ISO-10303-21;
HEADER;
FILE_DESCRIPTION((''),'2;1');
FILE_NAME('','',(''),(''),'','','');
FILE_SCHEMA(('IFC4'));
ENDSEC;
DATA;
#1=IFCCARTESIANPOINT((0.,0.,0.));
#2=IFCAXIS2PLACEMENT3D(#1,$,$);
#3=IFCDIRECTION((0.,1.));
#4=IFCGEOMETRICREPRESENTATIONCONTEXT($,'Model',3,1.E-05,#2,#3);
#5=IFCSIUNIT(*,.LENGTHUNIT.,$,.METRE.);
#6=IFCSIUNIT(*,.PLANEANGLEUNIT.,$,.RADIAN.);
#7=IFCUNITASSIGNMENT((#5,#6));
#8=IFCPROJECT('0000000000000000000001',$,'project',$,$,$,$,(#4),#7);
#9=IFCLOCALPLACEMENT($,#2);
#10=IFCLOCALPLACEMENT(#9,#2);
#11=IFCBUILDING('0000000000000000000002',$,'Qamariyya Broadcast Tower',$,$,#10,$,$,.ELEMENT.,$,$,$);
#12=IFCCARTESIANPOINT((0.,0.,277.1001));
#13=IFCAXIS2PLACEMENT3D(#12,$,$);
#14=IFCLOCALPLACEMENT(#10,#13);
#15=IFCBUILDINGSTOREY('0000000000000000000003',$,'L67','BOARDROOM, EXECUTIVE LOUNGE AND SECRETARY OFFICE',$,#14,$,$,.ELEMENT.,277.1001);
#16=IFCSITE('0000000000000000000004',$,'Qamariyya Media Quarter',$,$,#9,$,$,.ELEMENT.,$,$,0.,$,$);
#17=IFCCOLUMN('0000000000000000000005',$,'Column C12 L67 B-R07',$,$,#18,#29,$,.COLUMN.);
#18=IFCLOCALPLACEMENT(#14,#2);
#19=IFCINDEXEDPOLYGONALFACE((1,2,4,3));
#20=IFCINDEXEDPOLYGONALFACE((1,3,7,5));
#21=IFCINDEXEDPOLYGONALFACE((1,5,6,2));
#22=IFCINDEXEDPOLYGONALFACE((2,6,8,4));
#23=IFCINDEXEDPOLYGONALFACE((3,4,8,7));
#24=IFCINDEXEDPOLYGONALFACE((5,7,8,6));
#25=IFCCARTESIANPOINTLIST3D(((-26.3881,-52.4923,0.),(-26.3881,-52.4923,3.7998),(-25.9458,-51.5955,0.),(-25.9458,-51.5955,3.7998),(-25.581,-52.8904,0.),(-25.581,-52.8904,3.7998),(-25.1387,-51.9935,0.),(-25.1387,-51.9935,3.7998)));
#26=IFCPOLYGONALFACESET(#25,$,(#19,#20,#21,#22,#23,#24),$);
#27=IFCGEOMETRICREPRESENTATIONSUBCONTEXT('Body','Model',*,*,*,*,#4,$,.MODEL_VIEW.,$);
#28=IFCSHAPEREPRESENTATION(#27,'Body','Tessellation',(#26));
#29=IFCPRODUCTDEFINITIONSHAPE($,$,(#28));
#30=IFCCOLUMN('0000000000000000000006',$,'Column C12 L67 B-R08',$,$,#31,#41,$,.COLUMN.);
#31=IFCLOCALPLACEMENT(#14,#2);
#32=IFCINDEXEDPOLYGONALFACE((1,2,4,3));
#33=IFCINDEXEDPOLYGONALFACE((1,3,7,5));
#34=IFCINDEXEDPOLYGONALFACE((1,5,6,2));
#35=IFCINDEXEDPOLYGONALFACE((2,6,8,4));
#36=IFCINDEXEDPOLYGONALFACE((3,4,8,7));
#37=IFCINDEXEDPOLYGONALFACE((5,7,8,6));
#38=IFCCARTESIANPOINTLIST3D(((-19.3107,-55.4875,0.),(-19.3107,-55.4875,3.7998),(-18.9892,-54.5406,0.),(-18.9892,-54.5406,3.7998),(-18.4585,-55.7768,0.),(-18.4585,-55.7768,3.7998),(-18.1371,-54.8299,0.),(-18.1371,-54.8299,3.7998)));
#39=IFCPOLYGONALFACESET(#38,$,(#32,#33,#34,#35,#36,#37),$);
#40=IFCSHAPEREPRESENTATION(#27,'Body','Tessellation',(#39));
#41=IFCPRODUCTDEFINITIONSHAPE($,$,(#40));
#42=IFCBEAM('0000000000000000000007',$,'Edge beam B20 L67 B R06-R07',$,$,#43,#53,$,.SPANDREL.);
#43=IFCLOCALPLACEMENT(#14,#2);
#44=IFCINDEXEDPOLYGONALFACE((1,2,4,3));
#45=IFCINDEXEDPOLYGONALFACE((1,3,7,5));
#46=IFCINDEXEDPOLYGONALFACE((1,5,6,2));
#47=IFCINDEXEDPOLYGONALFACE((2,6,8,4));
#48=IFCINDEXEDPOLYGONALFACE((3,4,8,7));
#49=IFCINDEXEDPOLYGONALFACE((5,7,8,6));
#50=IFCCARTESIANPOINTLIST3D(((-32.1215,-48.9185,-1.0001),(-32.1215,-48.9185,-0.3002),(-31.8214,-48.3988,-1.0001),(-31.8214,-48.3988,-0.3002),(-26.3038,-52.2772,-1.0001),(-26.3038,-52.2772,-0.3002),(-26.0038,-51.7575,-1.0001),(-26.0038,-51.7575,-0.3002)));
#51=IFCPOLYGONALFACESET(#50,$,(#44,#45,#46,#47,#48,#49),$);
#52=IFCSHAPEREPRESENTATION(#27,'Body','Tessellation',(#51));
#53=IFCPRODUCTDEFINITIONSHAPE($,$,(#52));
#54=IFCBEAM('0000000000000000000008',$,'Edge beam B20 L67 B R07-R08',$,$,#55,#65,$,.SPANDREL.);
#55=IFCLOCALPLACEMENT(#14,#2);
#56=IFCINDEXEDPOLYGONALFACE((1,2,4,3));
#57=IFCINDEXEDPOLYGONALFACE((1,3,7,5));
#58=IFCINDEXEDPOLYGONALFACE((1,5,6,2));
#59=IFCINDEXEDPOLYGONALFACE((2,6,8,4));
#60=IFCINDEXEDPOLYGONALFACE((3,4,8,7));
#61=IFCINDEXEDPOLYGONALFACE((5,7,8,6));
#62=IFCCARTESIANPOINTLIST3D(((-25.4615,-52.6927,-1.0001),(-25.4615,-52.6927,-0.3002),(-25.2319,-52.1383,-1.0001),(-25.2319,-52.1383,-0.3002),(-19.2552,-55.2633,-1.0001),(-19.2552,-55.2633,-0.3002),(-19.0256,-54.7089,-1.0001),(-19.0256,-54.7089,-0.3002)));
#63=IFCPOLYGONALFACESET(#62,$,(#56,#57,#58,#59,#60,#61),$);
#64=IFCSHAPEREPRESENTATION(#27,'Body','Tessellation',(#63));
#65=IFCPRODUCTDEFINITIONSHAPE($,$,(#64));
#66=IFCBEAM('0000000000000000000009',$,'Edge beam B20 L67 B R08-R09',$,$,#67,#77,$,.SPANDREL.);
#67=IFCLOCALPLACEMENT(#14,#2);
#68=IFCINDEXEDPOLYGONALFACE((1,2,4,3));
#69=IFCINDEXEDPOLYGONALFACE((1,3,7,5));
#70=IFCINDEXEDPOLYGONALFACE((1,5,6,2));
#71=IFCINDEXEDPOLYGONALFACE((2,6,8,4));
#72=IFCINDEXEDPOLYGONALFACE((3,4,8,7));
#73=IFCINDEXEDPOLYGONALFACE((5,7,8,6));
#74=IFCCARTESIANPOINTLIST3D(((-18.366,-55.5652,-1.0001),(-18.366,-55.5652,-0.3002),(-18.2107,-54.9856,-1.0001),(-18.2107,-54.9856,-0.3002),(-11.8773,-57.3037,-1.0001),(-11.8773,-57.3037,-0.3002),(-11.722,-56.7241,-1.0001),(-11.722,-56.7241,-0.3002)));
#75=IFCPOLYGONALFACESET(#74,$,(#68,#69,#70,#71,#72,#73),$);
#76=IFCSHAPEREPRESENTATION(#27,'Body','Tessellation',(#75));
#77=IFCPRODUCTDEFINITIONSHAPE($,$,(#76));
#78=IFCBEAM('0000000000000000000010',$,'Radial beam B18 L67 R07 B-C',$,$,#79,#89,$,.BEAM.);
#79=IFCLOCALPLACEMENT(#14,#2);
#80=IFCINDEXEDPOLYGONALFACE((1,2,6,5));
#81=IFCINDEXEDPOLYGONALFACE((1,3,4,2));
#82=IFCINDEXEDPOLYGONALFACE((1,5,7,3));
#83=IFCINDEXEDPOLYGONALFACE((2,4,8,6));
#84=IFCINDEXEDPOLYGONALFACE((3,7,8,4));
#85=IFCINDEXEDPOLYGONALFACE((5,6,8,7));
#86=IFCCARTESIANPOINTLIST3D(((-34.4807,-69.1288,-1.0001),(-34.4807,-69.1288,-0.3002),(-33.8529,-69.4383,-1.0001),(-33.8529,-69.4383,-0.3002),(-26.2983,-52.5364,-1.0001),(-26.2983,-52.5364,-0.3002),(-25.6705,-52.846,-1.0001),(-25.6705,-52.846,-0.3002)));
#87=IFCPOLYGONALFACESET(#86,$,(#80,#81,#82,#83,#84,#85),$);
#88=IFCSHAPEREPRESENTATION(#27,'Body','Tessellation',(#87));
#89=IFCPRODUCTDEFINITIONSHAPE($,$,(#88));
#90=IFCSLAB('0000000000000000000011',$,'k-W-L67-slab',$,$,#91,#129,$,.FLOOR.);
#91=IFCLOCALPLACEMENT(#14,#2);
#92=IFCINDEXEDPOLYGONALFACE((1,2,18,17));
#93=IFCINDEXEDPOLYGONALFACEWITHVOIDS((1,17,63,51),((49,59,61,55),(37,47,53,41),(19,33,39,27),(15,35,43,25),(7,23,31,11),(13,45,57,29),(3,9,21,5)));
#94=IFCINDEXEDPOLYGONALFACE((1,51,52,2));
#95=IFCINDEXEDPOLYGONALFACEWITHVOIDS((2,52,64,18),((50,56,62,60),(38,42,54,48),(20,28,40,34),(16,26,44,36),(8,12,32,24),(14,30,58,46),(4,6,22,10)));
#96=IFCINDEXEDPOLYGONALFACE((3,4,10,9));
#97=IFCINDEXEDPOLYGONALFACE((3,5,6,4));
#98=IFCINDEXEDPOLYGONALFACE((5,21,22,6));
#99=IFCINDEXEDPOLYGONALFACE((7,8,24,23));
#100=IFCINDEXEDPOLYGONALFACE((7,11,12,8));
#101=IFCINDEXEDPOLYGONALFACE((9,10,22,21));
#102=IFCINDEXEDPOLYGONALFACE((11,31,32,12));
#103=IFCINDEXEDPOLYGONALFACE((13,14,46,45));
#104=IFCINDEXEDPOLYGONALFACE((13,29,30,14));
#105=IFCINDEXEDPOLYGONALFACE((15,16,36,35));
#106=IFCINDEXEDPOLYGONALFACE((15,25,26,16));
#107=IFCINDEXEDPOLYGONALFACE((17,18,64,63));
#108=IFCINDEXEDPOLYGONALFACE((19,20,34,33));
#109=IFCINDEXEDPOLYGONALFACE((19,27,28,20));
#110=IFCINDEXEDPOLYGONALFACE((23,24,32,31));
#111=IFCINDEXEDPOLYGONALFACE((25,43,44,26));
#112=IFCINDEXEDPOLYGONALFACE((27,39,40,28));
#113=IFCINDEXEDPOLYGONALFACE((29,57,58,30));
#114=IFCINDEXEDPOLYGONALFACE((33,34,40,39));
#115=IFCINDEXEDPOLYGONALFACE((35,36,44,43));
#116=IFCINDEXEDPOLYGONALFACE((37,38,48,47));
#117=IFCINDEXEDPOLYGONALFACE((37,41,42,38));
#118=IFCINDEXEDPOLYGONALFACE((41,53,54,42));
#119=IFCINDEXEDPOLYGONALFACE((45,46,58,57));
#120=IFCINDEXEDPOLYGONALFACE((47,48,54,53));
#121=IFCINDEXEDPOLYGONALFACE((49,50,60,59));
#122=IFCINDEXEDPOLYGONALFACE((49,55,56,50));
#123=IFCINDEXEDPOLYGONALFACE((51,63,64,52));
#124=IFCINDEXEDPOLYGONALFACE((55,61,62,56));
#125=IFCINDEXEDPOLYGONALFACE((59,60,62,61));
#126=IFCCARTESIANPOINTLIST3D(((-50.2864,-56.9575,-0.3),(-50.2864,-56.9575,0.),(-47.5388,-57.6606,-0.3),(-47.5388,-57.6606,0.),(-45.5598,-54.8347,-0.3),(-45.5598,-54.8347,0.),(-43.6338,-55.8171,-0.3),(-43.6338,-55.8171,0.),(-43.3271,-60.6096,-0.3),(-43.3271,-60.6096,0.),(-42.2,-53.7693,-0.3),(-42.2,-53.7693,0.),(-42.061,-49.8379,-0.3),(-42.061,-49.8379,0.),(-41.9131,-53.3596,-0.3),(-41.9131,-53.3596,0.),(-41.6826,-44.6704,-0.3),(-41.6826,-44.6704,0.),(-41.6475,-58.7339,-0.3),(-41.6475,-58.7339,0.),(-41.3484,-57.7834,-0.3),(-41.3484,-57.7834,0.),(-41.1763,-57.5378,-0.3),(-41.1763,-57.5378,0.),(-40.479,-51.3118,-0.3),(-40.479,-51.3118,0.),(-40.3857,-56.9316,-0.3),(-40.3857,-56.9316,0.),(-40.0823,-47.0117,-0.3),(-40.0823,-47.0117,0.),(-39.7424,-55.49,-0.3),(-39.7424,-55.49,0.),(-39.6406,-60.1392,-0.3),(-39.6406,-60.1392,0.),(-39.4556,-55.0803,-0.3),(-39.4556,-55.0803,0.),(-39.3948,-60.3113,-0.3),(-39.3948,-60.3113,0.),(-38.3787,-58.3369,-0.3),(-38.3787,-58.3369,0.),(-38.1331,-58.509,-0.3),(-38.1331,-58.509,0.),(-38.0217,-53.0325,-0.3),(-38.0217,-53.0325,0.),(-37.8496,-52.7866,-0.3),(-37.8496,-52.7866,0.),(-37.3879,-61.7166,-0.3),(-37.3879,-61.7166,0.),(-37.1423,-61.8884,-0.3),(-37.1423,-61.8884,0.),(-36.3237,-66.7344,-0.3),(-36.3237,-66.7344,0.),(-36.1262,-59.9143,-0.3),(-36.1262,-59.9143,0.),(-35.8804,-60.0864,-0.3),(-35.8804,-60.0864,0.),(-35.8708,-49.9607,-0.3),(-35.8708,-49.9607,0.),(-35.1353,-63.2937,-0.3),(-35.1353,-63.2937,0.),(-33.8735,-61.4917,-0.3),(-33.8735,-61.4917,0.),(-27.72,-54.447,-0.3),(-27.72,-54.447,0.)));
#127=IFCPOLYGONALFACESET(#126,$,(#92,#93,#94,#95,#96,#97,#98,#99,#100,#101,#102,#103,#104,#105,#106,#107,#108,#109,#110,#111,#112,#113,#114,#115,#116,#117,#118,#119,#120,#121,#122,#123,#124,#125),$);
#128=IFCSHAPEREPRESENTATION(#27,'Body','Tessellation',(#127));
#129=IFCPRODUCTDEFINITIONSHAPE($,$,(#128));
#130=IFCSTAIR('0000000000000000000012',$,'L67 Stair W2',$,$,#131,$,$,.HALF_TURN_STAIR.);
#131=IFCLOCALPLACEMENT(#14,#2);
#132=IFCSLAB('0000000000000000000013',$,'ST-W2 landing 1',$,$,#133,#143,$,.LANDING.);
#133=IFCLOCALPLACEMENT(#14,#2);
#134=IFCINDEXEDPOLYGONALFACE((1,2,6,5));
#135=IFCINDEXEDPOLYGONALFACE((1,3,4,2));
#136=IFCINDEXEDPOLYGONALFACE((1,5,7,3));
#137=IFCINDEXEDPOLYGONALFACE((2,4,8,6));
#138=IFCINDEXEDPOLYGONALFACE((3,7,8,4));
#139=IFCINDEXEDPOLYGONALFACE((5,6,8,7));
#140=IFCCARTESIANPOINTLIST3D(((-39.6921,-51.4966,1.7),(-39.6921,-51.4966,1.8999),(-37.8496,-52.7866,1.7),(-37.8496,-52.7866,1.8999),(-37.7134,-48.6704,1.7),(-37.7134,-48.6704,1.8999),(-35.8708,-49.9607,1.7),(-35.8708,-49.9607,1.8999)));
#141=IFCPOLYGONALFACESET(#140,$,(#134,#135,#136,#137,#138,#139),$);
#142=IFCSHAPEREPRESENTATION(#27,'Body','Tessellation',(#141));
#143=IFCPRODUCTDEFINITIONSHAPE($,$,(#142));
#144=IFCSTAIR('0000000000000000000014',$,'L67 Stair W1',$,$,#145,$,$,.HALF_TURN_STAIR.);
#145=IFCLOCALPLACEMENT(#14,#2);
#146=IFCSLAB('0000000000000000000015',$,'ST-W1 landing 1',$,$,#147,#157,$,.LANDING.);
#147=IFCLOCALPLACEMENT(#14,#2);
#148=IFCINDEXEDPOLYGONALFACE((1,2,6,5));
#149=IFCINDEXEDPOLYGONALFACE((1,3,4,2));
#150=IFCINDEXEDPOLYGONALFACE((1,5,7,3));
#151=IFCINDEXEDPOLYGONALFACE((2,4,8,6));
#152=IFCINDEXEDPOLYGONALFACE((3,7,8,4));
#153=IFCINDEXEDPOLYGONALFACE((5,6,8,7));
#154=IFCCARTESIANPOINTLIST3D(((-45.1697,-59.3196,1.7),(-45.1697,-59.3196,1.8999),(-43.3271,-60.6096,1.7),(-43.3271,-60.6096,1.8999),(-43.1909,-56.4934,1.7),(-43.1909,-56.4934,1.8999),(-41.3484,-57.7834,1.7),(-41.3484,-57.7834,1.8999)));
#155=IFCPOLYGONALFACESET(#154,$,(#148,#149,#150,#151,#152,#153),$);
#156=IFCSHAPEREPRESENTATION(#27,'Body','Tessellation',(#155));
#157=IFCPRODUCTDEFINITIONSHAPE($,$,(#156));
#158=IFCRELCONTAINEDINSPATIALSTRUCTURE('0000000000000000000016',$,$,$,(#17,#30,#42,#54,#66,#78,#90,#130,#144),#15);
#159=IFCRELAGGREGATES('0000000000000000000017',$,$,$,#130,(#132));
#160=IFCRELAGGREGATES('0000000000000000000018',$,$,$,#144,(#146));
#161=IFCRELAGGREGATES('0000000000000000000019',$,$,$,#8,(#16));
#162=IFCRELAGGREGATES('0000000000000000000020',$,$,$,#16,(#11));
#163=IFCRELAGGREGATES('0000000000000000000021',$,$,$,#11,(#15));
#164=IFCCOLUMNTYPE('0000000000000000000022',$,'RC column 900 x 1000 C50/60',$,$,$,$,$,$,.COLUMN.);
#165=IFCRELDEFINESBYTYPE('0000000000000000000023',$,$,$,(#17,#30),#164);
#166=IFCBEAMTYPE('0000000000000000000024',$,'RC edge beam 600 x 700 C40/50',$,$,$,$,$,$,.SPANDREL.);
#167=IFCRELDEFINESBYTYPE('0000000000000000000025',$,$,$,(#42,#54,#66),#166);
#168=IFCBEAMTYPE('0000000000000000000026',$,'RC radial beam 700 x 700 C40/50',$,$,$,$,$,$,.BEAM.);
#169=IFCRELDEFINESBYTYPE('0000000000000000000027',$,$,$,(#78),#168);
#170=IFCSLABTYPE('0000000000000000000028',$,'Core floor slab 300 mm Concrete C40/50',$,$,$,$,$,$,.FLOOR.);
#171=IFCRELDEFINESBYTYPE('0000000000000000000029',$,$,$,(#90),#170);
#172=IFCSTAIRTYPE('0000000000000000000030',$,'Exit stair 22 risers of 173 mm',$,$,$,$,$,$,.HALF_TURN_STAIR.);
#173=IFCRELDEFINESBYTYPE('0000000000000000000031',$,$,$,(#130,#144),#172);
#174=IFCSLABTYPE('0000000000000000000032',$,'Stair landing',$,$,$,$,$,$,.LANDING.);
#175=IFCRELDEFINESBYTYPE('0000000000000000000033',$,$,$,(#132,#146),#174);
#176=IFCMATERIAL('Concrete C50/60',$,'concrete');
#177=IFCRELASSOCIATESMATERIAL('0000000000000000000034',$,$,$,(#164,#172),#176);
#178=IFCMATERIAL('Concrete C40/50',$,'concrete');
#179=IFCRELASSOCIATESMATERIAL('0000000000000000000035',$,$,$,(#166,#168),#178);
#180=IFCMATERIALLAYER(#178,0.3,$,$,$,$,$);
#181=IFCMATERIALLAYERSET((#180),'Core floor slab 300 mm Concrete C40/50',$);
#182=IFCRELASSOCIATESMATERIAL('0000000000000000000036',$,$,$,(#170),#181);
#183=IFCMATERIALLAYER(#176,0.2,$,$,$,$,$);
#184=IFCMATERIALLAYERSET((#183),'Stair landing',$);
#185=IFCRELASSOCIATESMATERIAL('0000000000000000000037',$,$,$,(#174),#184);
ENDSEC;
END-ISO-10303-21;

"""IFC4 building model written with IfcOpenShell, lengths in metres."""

from ifc_helpers import new_model, si_unit, direction, frame, origin, origin_2d, place, context, subcontext, project, spatial, polyline, rectangle, outline, extrude, material, layer, layer_set, material_profile, profile_set, type_object, element, aggregate, save


model = new_model("IFC4")

# Units and contexts
model_context = context("Model", 3, precision=1e-05, world=origin(), true_north=direction((0.0, 1.0)))
body_context = subcontext(model_context, "Body", "Model", "MODEL_VIEW")
ifc_project = project(units=[si_unit("LENGTHUNIT", "METRE"), si_unit("PLANEANGLEUNIT", "RADIAN")], contexts=[model_context])

# Site, building, storey
site_placement = place(None, origin())
site = spatial("IfcSite", under=ifc_project, at=site_placement, Name="Qamariyya Media Quarter", CompositionType="ELEMENT", RefElevation=0.0)
building_placement = place(site_placement, origin())
building = spatial("IfcBuilding", under=site, at=building_placement, Name="Qamariyya Broadcast Tower", CompositionType="ELEMENT")
storey_placement = place(building_placement, frame((0.0, 0.0, 277.1001)))
storey = spatial("IfcBuildingStorey", under=building, at=storey_placement, Name="L67", Description="BOARDROOM, EXECUTIVE LOUNGE AND SECRETARY OFFICE", CompositionType="ELEMENT", Elevation=277.1001)

# Columns
ifc_material_1 = material(Name="Concrete C50/60", Category="concrete")
ifc_material_profile_1 = material_profile(ifc_material_1, rectangle(XDim=0.8999, YDim=1.0, at=origin_2d()))
ifc_profile_set_1 = profile_set([ifc_material_profile_1], Name="Concrete C50/60")
column_type = type_object("IfcColumnType", Name="RC column 900 x 1000 C50/60", PredefinedType="COLUMN", material=ifc_profile_set_1)
for number, where, z_axis, x_axis, name in (
    (1, (-25.7634, -52.2429, 0.0), (0.0, 0.0, 1.0), (0.896873, -0.442289, 0.0), "Column C12 L67 B-R07"),
    (2, (-18.7239, -55.1587, 0.0), (0.0, 0.0, 1.0), (0.94693, -0.321439, 0.0), "Column C12 L67 B-R08"),
):
    element("IfcColumn", number, at=place(storey_placement, frame(where, z_axis=z_axis, x_axis=x_axis)), inside=storey, type_object=column_type, Name=name, PredefinedType="COLUMN", context=body_context, shape_type="SweptSolid", body=[
        extrude(rectangle(XDim=0.8999, YDim=1.0, at=origin_2d()), origin(), (0.0, 0.0, 1.0), 3.7998),
    ])

# Beams
ifc_material_2 = material(Name="Concrete C40/50", Category="concrete")
ifc_material_profile_2 = material_profile(ifc_material_2, rectangle(XDim=0.6001, YDim=0.7, at=origin_2d()))
ifc_profile_set_2 = profile_set([ifc_material_profile_2], Name="Concrete C40/50")
beam_type_1 = type_object("IfcBeamType", Name="RC edge beam 600 x 700 C40/50", PredefinedType="SPANDREL", material=ifc_profile_set_2)
for number, where, z_axis, x_axis, name in (
    (3, (-31.9714, -48.6587, -0.6501), (0.866036, -0.499981, 0.0), (0.499981, 0.866036, 0.0), "Edge beam B20 L67 B R06-R07"),
    (4, (-25.3467, -52.4155, -0.6501), (0.923889, -0.382661, 0.0), (0.382661, 0.923889, 0.0), "Edge beam B20 L67 B R07-R08"),
    (5, (-18.2883, -55.2754, -0.6501), (0.965931, -0.2588, 0.0), (0.2588, 0.965931, 0.0), "Edge beam B20 L67 B R08-R09"),
):
    element("IfcBeam", number, at=place(storey_placement, frame(where, z_axis=z_axis, x_axis=x_axis)), inside=storey, type_object=beam_type_1, Name=name, PredefinedType="SPANDREL", context=body_context, shape_type="SweptSolid", body=[
        extrude(rectangle(XDim=0.6001, YDim=0.7, at=origin_2d()), origin(), (0.0, 0.0, 1.0), 6.7175),
    ])
ifc_material_profile_3 = material_profile(ifc_material_2, rectangle(XDim=0.7, YDim=0.7, at=origin_2d()))
ifc_profile_set_3 = profile_set([ifc_material_profile_3], Name="Concrete C40/50")
beam_type_2 = type_object("IfcBeamType", Name="RC radial beam 700 x 700 C40/50", PredefinedType="BEAM", material=ifc_profile_set_3)
beam_placement = place(storey_placement, frame((-25.9844, -52.6912, -0.6501), z_axis=(-0.442287, -0.896874, 0.0), x_axis=(0.896874, -0.442287, 0.0)))
element("IfcBeam", 6, at=beam_placement, inside=storey, type_object=beam_type_2, Name="Radial beam B18 L67 R07 B-C", PredefinedType="BEAM", context=body_context, shape_type="SweptSolid", body=[
    extrude(rectangle(XDim=0.7, YDim=0.7, at=origin_2d()), origin(), (0.0, 0.0, 1.0), 18.5002),
])

# Slab
ifc_layer_1 = layer(ifc_material_2, 0.3)
ifc_layer_set_1 = layer_set([ifc_layer_1], Name="Core floor slab 300 mm Concrete C40/50")
slab_type_1 = type_object("IfcSlabType", Name="Core floor slab 300 mm Concrete C40/50", PredefinedType="FLOOR", material=ifc_layer_set_1)
slab_1_placement = place(storey_placement, frame((0.0, 0.0, -0.3)))
element("IfcSlab", 7, at=slab_1_placement, inside=storey, type_object=slab_type_1, Name="k-W-L67-slab", PredefinedType="FLOOR", context=body_context, shape_type="SweptSolid", body=[
    extrude(outline(polyline([(-50.2864, -56.9575), (-36.3237, -66.7344), (-27.72, -54.447), (-41.6826, -44.6704), (-50.2864, -56.9575)]), holes=[polyline([(-33.8735, -61.4917), (-35.8804, -60.0864), (-37.1423, -61.8884), (-35.1353, -63.2937), (-33.8735, -61.4917)]), polyline([(-36.1262, -59.9143), (-38.1331, -58.509), (-39.3948, -60.3113), (-37.3879, -61.7166), (-36.1262, -59.9143)]), polyline([(-38.3787, -58.3369), (-40.3857, -56.9316), (-41.6475, -58.7339), (-39.6406, -60.1392), (-38.3787, -58.3369)]), polyline([(-39.7424, -55.49), (-42.2, -53.7693), (-43.6338, -55.8171), (-41.1763, -57.5378), (-39.7424, -55.49)]), polyline([(-39.4556, -55.0803), (-41.9131, -53.3596), (-40.479, -51.3118), (-38.0217, -53.0325), (-39.4556, -55.0803)]), polyline([(-42.061, -49.8379), (-37.8496, -52.7866), (-35.8708, -49.9607), (-40.0823, -47.0117), (-42.061, -49.8379)]), polyline([(-47.5388, -57.6606), (-43.3271, -60.6096), (-41.3484, -57.7834), (-45.5598, -54.8347), (-47.5388, -57.6606)])]), origin(), (0.0, 0.0, 1.0), 0.3),
])

# Stairs, slabs
stair_type = type_object("IfcStairType", Name="Exit stair 22 risers of 173 mm", PredefinedType="HALF_TURN_STAIR", material=ifc_material_1)
stair_1_placement = place(storey_placement, origin())
stair_1 = element("IfcStair", 8, at=stair_1_placement, inside=storey, type_object=stair_type, Name="L67 Stair W2", PredefinedType="HALF_TURN_STAIR")
ifc_layer_2 = layer(ifc_material_1, 0.2)
ifc_layer_set_2 = layer_set([ifc_layer_2], Name="Stair landing")
slab_type_2 = type_object("IfcSlabType", Name="Stair landing", PredefinedType="LANDING", material=ifc_layer_set_2)
slab_2_placement = place(storey_placement, frame((0.0, 0.0, 1.7)))
slab_2 = element("IfcSlab", 9, at=slab_2_placement, type_object=slab_type_2, Name="ST-W2 landing 1", PredefinedType="LANDING", context=body_context, shape_type="SweptSolid", body=[
    extrude(outline(polyline([(-39.6921, -51.4966), (-37.8496, -52.7866), (-35.8708, -49.9607), (-37.7134, -48.6704), (-39.6921, -51.4966)])), origin(), (0.0, 0.0, 1.0), 0.2),
])
aggregate(stair_1, [slab_2])
stair_2_placement = place(storey_placement, origin())
stair_2 = element("IfcStair", 10, at=stair_2_placement, inside=storey, type_object=stair_type, Name="L67 Stair W1", PredefinedType="HALF_TURN_STAIR")
slab_3_placement = place(storey_placement, frame((0.0, 0.0, 1.7)))
slab_3 = element("IfcSlab", 11, at=slab_3_placement, type_object=slab_type_2, Name="ST-W1 landing 1", PredefinedType="LANDING", context=body_context, shape_type="SweptSolid", body=[
    extrude(outline(polyline([(-45.1697, -59.3196), (-43.3271, -60.6096), (-41.3484, -57.7834), (-43.1909, -56.4934), (-45.1697, -59.3196)])), origin(), (0.0, 0.0, 1.0), 0.2),
])
aggregate(stair_2, [slab_3])

save(model, "model.ifc")
